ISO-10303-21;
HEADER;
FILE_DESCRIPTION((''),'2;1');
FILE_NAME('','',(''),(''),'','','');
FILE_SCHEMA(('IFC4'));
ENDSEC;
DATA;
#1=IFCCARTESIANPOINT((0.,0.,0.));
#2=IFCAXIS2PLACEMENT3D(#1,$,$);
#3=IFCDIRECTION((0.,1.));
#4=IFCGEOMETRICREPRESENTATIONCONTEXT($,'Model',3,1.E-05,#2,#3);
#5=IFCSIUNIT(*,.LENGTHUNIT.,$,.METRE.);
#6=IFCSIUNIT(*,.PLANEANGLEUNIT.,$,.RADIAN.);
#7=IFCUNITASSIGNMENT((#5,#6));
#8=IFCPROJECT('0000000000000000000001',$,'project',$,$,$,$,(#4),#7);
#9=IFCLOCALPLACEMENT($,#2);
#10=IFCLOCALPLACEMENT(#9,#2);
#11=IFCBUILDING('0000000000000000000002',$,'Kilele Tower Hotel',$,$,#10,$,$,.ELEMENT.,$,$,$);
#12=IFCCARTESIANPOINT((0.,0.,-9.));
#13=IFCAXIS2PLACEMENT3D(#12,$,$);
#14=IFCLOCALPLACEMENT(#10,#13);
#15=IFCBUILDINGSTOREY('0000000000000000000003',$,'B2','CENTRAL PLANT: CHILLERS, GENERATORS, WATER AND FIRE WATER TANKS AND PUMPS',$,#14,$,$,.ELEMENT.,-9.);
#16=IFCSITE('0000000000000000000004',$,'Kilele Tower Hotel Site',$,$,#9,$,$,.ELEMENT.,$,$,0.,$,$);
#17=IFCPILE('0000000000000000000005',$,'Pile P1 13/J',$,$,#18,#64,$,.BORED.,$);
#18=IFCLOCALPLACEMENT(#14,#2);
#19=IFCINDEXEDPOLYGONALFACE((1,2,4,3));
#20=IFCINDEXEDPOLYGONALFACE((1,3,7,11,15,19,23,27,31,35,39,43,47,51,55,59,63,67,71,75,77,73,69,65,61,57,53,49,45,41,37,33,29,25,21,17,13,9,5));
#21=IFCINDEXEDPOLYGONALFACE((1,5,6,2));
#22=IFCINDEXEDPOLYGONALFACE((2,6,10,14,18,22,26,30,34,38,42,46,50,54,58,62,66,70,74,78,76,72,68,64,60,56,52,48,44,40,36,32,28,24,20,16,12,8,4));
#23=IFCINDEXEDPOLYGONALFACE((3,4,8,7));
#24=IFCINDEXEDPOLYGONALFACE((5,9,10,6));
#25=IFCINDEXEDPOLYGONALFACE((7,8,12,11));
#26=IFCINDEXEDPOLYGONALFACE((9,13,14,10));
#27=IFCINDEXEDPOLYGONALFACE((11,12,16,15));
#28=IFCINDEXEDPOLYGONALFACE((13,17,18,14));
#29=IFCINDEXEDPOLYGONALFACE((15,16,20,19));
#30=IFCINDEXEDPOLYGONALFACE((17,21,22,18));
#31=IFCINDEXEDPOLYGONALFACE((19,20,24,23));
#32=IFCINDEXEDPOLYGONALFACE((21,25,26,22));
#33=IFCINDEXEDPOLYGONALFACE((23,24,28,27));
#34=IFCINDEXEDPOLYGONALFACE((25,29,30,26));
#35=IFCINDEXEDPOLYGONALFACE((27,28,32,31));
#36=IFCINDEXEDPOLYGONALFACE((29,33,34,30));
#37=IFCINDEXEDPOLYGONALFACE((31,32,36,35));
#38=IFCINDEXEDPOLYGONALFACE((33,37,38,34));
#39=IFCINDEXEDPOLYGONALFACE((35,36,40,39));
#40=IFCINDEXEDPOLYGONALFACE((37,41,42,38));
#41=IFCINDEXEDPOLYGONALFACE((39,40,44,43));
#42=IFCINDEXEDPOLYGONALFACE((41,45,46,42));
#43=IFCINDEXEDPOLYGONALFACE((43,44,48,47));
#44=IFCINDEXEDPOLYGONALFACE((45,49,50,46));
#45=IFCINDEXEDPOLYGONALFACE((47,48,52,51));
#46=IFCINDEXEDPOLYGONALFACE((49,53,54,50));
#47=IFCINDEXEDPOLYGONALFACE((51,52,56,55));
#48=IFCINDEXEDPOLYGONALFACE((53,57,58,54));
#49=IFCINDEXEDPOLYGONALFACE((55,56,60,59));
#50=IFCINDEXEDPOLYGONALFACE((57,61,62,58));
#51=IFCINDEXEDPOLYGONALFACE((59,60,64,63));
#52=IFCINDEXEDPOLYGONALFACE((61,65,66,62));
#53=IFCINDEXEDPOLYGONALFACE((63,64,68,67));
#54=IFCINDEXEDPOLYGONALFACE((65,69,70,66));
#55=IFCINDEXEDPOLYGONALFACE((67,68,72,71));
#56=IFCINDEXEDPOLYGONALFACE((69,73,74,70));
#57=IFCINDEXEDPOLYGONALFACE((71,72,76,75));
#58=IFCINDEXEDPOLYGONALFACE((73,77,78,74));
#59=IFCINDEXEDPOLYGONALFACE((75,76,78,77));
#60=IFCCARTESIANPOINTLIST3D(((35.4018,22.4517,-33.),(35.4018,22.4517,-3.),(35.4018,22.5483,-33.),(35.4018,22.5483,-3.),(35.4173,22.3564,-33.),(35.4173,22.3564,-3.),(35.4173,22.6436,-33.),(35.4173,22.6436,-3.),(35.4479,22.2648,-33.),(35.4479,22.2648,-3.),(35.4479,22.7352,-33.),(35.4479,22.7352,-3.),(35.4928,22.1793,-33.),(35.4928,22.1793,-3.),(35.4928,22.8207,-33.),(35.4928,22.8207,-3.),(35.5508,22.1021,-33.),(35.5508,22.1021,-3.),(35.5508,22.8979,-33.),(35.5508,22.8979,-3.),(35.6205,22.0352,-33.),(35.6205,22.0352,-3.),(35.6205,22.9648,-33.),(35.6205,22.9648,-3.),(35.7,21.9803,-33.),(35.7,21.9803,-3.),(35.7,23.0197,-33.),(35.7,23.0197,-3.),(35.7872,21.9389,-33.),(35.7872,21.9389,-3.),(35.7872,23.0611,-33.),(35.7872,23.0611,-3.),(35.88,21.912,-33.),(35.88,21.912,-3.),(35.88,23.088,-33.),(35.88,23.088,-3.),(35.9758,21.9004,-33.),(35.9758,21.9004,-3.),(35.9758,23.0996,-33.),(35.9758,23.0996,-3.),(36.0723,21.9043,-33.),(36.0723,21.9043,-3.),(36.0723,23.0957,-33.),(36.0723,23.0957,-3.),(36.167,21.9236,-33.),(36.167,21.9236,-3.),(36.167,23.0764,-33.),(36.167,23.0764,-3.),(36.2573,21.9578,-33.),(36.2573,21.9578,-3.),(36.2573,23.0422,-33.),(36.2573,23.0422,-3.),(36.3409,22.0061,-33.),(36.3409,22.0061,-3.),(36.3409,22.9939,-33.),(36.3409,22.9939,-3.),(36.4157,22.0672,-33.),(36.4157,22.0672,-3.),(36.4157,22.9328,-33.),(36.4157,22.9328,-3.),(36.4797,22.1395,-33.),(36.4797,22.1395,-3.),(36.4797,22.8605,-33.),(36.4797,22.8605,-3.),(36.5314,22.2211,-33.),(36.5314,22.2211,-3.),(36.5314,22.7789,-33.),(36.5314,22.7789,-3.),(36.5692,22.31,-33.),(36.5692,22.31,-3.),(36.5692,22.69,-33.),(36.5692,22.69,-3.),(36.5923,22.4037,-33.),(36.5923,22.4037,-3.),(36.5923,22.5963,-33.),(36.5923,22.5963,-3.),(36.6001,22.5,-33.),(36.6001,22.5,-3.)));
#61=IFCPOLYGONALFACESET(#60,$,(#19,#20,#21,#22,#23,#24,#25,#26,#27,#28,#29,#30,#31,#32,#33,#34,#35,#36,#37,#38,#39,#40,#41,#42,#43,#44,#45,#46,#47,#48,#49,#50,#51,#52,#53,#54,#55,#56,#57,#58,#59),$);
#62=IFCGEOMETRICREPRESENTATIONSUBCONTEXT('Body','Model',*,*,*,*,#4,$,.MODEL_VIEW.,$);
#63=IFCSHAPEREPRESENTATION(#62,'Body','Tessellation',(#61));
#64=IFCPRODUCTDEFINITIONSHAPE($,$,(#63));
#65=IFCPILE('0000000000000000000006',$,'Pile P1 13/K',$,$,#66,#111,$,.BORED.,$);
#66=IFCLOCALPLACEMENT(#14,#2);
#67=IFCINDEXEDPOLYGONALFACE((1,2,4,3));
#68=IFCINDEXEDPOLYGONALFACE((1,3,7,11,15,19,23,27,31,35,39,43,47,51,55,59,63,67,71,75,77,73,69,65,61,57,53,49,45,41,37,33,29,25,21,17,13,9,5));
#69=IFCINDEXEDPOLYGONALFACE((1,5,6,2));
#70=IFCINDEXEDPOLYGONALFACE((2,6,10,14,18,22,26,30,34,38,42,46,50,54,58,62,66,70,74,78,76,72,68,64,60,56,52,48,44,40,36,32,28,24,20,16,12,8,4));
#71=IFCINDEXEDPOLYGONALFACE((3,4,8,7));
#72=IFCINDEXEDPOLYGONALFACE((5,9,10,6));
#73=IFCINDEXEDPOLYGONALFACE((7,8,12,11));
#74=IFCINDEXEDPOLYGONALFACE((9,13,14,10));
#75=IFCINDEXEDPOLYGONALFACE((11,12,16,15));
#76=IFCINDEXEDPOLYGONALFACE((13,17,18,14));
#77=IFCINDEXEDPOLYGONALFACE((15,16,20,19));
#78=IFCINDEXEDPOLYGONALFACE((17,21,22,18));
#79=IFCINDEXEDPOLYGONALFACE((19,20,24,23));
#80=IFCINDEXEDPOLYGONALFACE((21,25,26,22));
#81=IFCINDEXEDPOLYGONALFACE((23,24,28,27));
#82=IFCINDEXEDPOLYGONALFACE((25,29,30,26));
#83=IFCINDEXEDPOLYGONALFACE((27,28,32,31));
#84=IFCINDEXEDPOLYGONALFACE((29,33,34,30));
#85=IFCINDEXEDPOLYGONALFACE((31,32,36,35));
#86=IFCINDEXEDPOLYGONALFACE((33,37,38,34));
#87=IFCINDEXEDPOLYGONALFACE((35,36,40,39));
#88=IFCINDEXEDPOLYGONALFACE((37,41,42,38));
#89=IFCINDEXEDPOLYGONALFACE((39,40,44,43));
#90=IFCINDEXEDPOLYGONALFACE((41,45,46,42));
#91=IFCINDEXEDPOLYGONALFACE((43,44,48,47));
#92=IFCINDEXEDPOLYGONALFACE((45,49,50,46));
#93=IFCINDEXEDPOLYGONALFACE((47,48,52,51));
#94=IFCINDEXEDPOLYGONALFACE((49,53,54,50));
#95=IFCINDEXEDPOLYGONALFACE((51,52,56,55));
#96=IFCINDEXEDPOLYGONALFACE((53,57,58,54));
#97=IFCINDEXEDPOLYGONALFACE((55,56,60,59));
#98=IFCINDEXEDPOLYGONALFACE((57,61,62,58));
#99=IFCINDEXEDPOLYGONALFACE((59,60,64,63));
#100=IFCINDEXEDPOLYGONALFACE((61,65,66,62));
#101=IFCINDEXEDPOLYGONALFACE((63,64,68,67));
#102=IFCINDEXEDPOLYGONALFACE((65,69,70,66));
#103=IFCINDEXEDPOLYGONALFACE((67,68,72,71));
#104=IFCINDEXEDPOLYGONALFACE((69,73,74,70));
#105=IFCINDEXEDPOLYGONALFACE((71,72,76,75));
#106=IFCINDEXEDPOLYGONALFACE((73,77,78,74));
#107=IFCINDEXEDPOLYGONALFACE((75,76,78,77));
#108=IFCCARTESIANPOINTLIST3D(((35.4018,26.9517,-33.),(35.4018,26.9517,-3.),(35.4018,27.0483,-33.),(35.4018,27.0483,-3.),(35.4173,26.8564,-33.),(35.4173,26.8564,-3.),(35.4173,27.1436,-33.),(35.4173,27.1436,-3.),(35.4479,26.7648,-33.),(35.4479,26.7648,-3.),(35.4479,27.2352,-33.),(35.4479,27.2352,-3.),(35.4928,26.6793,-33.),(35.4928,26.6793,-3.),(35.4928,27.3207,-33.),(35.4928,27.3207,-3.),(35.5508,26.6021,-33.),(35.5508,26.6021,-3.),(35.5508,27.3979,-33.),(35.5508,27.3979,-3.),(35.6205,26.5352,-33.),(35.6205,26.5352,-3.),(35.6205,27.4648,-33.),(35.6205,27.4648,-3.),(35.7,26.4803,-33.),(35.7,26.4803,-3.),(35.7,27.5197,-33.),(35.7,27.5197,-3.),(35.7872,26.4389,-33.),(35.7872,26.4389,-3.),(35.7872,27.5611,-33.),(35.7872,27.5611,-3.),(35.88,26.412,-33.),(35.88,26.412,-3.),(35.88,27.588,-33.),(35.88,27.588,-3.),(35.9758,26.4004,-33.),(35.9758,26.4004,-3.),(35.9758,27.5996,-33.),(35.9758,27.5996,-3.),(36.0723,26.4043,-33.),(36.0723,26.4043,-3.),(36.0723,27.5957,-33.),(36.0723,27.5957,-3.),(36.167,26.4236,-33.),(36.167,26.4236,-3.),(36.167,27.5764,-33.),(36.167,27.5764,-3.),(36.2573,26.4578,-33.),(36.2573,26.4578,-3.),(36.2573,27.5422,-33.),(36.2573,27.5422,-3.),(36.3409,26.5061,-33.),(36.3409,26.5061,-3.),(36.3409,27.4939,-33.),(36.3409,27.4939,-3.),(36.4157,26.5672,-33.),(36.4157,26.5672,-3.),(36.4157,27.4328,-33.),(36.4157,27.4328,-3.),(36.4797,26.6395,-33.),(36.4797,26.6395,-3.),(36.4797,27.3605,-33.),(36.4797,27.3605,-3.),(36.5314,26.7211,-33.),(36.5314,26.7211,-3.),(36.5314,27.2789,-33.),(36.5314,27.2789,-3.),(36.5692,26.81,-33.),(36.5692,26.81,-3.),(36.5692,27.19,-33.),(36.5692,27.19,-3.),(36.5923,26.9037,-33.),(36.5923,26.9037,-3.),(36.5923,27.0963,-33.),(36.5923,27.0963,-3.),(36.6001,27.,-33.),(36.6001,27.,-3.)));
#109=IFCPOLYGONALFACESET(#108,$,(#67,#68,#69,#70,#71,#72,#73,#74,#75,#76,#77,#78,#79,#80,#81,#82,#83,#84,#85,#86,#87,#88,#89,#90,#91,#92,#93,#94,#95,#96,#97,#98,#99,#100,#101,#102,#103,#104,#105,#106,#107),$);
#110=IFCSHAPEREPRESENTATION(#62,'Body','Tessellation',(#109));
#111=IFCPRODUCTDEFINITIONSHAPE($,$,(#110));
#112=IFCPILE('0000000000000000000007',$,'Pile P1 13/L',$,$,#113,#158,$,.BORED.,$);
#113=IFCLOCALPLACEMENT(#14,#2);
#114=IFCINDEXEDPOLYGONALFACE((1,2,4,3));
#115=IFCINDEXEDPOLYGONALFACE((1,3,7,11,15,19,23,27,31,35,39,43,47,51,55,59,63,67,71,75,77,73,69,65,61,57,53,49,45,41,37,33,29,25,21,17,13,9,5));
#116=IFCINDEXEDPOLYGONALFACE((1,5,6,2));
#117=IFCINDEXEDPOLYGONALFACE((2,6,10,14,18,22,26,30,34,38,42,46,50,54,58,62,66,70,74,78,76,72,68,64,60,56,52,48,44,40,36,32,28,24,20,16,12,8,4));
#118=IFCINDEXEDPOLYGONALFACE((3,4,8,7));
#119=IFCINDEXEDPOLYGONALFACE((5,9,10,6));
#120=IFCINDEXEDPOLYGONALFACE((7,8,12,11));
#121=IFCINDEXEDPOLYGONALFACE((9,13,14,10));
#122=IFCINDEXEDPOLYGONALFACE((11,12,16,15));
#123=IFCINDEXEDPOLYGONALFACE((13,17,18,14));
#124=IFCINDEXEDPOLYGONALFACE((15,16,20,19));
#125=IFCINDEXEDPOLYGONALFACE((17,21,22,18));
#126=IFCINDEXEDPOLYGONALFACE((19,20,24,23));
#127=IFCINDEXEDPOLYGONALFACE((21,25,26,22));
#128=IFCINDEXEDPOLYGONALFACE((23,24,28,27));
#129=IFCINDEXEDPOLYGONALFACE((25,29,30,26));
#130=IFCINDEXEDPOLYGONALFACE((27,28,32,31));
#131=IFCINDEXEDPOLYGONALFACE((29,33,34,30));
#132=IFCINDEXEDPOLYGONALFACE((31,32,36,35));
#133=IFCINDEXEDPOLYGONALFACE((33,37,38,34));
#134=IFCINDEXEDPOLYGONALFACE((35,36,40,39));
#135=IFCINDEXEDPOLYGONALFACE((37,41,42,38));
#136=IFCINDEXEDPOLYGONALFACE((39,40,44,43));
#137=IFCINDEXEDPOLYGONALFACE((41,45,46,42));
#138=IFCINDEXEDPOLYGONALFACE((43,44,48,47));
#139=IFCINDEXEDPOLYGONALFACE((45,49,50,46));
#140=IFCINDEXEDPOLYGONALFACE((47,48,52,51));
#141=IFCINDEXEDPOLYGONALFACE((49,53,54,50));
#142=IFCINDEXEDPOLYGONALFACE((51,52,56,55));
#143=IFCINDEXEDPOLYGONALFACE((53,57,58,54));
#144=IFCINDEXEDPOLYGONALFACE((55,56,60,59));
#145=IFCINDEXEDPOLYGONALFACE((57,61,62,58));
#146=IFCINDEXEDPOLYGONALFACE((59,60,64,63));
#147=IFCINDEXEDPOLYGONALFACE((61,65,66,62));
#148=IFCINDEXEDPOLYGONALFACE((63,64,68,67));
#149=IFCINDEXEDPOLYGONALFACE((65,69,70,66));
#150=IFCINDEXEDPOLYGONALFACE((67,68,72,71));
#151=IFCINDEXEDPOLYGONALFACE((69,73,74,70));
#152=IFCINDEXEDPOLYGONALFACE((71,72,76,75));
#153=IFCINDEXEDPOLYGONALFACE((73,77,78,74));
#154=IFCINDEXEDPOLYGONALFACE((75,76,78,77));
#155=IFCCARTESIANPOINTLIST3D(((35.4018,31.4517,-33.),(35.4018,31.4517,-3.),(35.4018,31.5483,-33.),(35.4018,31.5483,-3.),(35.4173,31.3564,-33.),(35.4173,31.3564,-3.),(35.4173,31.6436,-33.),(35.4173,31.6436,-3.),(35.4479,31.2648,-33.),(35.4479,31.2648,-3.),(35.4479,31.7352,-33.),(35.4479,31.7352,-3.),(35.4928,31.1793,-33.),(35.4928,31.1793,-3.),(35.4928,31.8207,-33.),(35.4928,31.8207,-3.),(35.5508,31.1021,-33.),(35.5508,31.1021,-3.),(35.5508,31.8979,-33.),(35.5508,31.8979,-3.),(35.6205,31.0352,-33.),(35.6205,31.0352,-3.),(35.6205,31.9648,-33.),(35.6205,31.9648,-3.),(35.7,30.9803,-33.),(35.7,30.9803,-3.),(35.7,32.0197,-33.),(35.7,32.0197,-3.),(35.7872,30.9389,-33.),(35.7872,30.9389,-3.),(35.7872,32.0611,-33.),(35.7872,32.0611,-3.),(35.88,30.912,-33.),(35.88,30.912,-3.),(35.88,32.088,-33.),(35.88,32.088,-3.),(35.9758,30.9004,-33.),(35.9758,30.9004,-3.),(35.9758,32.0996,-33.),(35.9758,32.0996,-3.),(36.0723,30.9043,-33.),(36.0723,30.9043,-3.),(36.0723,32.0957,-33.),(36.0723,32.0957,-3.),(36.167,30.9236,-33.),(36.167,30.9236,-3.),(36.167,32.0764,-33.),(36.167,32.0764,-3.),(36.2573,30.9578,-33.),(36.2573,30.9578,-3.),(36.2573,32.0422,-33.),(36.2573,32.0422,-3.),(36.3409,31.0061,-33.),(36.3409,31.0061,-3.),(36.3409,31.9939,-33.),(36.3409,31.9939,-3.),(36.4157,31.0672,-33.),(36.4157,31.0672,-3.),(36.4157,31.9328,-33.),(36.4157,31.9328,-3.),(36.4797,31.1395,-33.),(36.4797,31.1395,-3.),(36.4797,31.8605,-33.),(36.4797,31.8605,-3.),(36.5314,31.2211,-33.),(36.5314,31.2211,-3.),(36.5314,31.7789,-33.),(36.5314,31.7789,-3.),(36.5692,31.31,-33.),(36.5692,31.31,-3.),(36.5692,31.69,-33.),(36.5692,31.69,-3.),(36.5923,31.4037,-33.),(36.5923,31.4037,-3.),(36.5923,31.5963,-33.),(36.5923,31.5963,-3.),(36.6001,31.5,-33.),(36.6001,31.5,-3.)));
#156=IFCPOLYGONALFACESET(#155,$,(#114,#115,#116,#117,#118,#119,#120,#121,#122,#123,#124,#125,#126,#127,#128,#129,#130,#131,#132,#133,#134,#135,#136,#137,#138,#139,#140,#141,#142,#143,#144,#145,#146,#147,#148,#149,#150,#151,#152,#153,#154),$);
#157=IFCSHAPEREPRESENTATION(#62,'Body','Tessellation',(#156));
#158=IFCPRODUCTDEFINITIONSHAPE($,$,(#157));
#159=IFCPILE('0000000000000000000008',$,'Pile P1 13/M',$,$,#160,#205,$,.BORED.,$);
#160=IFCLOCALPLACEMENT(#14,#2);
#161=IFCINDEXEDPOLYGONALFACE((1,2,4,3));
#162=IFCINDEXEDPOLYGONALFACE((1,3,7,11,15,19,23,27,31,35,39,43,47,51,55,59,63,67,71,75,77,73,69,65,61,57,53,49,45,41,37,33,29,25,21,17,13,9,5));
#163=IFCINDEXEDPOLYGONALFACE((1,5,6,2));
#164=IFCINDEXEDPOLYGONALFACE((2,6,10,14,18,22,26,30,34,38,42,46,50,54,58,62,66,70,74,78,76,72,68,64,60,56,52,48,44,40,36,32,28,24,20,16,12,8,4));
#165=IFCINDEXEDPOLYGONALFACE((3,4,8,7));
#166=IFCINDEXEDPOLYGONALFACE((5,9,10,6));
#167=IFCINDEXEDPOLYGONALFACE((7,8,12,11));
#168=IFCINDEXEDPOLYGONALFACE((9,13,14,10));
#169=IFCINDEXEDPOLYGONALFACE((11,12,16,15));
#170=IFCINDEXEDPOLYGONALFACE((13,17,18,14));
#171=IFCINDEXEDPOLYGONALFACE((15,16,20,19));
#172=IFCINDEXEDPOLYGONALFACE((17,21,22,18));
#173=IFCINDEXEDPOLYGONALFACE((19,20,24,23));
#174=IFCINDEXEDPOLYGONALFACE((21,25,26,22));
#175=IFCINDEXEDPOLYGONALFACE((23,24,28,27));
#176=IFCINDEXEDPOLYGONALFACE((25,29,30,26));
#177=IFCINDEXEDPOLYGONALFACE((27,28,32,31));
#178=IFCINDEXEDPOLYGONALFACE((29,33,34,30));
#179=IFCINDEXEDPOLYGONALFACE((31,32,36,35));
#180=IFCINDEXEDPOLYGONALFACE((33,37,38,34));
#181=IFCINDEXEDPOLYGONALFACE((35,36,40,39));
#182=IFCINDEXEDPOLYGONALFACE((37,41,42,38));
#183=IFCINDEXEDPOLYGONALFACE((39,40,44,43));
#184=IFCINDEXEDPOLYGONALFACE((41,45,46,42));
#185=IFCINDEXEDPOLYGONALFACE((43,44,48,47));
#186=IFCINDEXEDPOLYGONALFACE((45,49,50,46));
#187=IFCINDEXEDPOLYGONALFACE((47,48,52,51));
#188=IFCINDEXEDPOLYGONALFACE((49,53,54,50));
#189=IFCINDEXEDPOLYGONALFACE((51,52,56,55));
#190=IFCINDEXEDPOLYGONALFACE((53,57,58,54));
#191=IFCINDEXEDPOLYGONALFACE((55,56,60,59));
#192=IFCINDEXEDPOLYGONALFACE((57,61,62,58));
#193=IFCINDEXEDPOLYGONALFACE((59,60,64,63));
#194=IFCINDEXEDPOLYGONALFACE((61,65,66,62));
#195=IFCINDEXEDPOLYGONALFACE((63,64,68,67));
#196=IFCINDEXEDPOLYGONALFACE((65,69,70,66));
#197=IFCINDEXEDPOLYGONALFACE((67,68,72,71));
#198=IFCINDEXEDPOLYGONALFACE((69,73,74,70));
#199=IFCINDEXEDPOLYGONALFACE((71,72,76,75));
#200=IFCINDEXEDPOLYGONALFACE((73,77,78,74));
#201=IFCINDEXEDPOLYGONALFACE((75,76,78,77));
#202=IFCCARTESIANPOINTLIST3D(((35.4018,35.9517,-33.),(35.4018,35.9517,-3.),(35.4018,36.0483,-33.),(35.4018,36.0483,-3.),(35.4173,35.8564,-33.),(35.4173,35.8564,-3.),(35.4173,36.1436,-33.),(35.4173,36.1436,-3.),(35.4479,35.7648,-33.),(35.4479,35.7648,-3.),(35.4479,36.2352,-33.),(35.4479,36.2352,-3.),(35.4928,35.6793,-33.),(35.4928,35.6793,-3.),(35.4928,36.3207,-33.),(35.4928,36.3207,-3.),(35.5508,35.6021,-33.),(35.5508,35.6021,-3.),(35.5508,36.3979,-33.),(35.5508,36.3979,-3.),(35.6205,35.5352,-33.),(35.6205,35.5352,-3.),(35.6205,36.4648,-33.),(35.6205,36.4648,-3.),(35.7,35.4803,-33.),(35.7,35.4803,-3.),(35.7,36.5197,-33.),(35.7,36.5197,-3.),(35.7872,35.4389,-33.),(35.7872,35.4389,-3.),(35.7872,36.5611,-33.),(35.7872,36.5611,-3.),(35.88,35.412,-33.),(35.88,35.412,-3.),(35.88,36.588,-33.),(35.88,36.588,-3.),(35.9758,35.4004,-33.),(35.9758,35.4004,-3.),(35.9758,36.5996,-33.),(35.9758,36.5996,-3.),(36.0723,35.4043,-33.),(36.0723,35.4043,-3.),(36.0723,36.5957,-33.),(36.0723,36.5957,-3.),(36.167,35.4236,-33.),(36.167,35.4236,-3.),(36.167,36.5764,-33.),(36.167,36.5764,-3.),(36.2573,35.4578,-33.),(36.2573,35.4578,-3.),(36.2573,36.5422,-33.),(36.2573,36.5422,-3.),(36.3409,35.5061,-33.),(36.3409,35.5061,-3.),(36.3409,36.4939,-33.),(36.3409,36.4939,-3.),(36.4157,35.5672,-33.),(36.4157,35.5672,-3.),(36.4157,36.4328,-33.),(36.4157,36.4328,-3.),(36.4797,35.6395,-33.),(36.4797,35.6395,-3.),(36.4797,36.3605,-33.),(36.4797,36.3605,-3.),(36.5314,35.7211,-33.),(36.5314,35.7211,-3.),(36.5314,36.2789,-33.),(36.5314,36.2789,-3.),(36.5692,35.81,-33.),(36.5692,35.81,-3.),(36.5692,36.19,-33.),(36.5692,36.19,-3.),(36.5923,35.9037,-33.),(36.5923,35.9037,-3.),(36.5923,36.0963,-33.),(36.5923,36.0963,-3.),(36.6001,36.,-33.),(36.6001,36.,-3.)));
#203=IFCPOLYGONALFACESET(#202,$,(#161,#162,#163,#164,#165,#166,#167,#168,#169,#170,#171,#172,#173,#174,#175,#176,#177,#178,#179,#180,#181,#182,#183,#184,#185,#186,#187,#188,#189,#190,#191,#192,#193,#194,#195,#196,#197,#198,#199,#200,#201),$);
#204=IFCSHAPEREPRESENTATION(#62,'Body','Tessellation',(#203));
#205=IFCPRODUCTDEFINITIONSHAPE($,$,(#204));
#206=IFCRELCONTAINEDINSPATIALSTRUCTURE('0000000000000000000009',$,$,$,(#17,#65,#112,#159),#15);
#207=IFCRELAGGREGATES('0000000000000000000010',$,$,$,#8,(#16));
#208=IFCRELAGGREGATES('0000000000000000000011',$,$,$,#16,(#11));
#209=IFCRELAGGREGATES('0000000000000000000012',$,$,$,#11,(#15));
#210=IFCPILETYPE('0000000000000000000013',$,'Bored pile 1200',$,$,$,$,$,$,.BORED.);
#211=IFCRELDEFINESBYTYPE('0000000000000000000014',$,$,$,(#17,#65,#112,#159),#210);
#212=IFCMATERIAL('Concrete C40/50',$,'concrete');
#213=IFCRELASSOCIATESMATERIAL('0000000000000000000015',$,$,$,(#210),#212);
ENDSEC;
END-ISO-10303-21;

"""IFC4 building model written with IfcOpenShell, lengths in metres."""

from ifc_helpers import new_model, si_unit, direction, frame, origin, origin_2d, place, context, subcontext, project, spatial, circle, extrude, material, material_profile, profile_set, type_object, element, save


model = new_model("IFC4")

# Units and contexts
model_context = context("Model", 3, precision=1e-05, world=origin(), true_north=direction((0.0, 1.0)))
body_context = subcontext(model_context, "Body", "Model", "MODEL_VIEW")
ifc_project = project(units=[si_unit("LENGTHUNIT", "METRE"), si_unit("PLANEANGLEUNIT", "RADIAN")], contexts=[model_context])

# Site, building, storey
site_placement = place(None, origin())
site = spatial("IfcSite", under=ifc_project, at=site_placement, Name="Kilele Tower Hotel Site", CompositionType="ELEMENT", RefElevation=0.0)
building_placement = place(site_placement, origin())
building = spatial("IfcBuilding", under=site, at=building_placement, Name="Kilele Tower Hotel", CompositionType="ELEMENT")
storey_placement = place(building_placement, frame((0.0, 0.0, -9.0)))
storey = spatial("IfcBuildingStorey", under=building, at=storey_placement, Name="B2", Description="CENTRAL PLANT: CHILLERS, GENERATORS, WATER AND FIRE WATER TANKS AND PUMPS", CompositionType="ELEMENT", Elevation=-9.0)

# Piles
ifc_material_1 = material(Name="Concrete C40/50", Category="concrete")
ifc_material_profile_1 = material_profile(ifc_material_1, circle(Radius=0.6001, at=origin_2d()))
ifc_profile_set_1 = profile_set([ifc_material_profile_1], Name="Concrete C40/50")
pile_type = type_object("IfcPileType", Name="Bored pile 1200", PredefinedType="BORED", material=ifc_profile_set_1)
for number, where, z_axis, x_axis, name in (
    (1, (36.0, 22.5, -3.0), (0.0, 0.0, -1.0), (1.0, 0.0, 0.0), "Pile P1 13/J"),
    (2, (36.0, 27.0, -3.0), (0.0, 0.0, -1.0), (1.0, 0.0, 0.0), "Pile P1 13/K"),
    (3, (36.0, 31.5, -3.0), (0.0, 0.0, -1.0), (1.0, 0.0, 0.0), "Pile P1 13/L"),
    (4, (36.0, 36.0, -3.0), (0.0, 0.0, -1.0), (1.0, 0.0, 0.0), "Pile P1 13/M"),
):
    element("IfcPile", number, at=place(storey_placement, frame(where, z_axis=z_axis, x_axis=x_axis)), inside=storey, type_object=pile_type, Name=name, PredefinedType="BORED", context=body_context, shape_type="SweptSolid", body=[
        extrude(circle(Radius=0.6001, at=origin_2d()), origin(), (0.0, 0.0, 1.0), 30.0),
    ])

save(model, "model.ifc")
